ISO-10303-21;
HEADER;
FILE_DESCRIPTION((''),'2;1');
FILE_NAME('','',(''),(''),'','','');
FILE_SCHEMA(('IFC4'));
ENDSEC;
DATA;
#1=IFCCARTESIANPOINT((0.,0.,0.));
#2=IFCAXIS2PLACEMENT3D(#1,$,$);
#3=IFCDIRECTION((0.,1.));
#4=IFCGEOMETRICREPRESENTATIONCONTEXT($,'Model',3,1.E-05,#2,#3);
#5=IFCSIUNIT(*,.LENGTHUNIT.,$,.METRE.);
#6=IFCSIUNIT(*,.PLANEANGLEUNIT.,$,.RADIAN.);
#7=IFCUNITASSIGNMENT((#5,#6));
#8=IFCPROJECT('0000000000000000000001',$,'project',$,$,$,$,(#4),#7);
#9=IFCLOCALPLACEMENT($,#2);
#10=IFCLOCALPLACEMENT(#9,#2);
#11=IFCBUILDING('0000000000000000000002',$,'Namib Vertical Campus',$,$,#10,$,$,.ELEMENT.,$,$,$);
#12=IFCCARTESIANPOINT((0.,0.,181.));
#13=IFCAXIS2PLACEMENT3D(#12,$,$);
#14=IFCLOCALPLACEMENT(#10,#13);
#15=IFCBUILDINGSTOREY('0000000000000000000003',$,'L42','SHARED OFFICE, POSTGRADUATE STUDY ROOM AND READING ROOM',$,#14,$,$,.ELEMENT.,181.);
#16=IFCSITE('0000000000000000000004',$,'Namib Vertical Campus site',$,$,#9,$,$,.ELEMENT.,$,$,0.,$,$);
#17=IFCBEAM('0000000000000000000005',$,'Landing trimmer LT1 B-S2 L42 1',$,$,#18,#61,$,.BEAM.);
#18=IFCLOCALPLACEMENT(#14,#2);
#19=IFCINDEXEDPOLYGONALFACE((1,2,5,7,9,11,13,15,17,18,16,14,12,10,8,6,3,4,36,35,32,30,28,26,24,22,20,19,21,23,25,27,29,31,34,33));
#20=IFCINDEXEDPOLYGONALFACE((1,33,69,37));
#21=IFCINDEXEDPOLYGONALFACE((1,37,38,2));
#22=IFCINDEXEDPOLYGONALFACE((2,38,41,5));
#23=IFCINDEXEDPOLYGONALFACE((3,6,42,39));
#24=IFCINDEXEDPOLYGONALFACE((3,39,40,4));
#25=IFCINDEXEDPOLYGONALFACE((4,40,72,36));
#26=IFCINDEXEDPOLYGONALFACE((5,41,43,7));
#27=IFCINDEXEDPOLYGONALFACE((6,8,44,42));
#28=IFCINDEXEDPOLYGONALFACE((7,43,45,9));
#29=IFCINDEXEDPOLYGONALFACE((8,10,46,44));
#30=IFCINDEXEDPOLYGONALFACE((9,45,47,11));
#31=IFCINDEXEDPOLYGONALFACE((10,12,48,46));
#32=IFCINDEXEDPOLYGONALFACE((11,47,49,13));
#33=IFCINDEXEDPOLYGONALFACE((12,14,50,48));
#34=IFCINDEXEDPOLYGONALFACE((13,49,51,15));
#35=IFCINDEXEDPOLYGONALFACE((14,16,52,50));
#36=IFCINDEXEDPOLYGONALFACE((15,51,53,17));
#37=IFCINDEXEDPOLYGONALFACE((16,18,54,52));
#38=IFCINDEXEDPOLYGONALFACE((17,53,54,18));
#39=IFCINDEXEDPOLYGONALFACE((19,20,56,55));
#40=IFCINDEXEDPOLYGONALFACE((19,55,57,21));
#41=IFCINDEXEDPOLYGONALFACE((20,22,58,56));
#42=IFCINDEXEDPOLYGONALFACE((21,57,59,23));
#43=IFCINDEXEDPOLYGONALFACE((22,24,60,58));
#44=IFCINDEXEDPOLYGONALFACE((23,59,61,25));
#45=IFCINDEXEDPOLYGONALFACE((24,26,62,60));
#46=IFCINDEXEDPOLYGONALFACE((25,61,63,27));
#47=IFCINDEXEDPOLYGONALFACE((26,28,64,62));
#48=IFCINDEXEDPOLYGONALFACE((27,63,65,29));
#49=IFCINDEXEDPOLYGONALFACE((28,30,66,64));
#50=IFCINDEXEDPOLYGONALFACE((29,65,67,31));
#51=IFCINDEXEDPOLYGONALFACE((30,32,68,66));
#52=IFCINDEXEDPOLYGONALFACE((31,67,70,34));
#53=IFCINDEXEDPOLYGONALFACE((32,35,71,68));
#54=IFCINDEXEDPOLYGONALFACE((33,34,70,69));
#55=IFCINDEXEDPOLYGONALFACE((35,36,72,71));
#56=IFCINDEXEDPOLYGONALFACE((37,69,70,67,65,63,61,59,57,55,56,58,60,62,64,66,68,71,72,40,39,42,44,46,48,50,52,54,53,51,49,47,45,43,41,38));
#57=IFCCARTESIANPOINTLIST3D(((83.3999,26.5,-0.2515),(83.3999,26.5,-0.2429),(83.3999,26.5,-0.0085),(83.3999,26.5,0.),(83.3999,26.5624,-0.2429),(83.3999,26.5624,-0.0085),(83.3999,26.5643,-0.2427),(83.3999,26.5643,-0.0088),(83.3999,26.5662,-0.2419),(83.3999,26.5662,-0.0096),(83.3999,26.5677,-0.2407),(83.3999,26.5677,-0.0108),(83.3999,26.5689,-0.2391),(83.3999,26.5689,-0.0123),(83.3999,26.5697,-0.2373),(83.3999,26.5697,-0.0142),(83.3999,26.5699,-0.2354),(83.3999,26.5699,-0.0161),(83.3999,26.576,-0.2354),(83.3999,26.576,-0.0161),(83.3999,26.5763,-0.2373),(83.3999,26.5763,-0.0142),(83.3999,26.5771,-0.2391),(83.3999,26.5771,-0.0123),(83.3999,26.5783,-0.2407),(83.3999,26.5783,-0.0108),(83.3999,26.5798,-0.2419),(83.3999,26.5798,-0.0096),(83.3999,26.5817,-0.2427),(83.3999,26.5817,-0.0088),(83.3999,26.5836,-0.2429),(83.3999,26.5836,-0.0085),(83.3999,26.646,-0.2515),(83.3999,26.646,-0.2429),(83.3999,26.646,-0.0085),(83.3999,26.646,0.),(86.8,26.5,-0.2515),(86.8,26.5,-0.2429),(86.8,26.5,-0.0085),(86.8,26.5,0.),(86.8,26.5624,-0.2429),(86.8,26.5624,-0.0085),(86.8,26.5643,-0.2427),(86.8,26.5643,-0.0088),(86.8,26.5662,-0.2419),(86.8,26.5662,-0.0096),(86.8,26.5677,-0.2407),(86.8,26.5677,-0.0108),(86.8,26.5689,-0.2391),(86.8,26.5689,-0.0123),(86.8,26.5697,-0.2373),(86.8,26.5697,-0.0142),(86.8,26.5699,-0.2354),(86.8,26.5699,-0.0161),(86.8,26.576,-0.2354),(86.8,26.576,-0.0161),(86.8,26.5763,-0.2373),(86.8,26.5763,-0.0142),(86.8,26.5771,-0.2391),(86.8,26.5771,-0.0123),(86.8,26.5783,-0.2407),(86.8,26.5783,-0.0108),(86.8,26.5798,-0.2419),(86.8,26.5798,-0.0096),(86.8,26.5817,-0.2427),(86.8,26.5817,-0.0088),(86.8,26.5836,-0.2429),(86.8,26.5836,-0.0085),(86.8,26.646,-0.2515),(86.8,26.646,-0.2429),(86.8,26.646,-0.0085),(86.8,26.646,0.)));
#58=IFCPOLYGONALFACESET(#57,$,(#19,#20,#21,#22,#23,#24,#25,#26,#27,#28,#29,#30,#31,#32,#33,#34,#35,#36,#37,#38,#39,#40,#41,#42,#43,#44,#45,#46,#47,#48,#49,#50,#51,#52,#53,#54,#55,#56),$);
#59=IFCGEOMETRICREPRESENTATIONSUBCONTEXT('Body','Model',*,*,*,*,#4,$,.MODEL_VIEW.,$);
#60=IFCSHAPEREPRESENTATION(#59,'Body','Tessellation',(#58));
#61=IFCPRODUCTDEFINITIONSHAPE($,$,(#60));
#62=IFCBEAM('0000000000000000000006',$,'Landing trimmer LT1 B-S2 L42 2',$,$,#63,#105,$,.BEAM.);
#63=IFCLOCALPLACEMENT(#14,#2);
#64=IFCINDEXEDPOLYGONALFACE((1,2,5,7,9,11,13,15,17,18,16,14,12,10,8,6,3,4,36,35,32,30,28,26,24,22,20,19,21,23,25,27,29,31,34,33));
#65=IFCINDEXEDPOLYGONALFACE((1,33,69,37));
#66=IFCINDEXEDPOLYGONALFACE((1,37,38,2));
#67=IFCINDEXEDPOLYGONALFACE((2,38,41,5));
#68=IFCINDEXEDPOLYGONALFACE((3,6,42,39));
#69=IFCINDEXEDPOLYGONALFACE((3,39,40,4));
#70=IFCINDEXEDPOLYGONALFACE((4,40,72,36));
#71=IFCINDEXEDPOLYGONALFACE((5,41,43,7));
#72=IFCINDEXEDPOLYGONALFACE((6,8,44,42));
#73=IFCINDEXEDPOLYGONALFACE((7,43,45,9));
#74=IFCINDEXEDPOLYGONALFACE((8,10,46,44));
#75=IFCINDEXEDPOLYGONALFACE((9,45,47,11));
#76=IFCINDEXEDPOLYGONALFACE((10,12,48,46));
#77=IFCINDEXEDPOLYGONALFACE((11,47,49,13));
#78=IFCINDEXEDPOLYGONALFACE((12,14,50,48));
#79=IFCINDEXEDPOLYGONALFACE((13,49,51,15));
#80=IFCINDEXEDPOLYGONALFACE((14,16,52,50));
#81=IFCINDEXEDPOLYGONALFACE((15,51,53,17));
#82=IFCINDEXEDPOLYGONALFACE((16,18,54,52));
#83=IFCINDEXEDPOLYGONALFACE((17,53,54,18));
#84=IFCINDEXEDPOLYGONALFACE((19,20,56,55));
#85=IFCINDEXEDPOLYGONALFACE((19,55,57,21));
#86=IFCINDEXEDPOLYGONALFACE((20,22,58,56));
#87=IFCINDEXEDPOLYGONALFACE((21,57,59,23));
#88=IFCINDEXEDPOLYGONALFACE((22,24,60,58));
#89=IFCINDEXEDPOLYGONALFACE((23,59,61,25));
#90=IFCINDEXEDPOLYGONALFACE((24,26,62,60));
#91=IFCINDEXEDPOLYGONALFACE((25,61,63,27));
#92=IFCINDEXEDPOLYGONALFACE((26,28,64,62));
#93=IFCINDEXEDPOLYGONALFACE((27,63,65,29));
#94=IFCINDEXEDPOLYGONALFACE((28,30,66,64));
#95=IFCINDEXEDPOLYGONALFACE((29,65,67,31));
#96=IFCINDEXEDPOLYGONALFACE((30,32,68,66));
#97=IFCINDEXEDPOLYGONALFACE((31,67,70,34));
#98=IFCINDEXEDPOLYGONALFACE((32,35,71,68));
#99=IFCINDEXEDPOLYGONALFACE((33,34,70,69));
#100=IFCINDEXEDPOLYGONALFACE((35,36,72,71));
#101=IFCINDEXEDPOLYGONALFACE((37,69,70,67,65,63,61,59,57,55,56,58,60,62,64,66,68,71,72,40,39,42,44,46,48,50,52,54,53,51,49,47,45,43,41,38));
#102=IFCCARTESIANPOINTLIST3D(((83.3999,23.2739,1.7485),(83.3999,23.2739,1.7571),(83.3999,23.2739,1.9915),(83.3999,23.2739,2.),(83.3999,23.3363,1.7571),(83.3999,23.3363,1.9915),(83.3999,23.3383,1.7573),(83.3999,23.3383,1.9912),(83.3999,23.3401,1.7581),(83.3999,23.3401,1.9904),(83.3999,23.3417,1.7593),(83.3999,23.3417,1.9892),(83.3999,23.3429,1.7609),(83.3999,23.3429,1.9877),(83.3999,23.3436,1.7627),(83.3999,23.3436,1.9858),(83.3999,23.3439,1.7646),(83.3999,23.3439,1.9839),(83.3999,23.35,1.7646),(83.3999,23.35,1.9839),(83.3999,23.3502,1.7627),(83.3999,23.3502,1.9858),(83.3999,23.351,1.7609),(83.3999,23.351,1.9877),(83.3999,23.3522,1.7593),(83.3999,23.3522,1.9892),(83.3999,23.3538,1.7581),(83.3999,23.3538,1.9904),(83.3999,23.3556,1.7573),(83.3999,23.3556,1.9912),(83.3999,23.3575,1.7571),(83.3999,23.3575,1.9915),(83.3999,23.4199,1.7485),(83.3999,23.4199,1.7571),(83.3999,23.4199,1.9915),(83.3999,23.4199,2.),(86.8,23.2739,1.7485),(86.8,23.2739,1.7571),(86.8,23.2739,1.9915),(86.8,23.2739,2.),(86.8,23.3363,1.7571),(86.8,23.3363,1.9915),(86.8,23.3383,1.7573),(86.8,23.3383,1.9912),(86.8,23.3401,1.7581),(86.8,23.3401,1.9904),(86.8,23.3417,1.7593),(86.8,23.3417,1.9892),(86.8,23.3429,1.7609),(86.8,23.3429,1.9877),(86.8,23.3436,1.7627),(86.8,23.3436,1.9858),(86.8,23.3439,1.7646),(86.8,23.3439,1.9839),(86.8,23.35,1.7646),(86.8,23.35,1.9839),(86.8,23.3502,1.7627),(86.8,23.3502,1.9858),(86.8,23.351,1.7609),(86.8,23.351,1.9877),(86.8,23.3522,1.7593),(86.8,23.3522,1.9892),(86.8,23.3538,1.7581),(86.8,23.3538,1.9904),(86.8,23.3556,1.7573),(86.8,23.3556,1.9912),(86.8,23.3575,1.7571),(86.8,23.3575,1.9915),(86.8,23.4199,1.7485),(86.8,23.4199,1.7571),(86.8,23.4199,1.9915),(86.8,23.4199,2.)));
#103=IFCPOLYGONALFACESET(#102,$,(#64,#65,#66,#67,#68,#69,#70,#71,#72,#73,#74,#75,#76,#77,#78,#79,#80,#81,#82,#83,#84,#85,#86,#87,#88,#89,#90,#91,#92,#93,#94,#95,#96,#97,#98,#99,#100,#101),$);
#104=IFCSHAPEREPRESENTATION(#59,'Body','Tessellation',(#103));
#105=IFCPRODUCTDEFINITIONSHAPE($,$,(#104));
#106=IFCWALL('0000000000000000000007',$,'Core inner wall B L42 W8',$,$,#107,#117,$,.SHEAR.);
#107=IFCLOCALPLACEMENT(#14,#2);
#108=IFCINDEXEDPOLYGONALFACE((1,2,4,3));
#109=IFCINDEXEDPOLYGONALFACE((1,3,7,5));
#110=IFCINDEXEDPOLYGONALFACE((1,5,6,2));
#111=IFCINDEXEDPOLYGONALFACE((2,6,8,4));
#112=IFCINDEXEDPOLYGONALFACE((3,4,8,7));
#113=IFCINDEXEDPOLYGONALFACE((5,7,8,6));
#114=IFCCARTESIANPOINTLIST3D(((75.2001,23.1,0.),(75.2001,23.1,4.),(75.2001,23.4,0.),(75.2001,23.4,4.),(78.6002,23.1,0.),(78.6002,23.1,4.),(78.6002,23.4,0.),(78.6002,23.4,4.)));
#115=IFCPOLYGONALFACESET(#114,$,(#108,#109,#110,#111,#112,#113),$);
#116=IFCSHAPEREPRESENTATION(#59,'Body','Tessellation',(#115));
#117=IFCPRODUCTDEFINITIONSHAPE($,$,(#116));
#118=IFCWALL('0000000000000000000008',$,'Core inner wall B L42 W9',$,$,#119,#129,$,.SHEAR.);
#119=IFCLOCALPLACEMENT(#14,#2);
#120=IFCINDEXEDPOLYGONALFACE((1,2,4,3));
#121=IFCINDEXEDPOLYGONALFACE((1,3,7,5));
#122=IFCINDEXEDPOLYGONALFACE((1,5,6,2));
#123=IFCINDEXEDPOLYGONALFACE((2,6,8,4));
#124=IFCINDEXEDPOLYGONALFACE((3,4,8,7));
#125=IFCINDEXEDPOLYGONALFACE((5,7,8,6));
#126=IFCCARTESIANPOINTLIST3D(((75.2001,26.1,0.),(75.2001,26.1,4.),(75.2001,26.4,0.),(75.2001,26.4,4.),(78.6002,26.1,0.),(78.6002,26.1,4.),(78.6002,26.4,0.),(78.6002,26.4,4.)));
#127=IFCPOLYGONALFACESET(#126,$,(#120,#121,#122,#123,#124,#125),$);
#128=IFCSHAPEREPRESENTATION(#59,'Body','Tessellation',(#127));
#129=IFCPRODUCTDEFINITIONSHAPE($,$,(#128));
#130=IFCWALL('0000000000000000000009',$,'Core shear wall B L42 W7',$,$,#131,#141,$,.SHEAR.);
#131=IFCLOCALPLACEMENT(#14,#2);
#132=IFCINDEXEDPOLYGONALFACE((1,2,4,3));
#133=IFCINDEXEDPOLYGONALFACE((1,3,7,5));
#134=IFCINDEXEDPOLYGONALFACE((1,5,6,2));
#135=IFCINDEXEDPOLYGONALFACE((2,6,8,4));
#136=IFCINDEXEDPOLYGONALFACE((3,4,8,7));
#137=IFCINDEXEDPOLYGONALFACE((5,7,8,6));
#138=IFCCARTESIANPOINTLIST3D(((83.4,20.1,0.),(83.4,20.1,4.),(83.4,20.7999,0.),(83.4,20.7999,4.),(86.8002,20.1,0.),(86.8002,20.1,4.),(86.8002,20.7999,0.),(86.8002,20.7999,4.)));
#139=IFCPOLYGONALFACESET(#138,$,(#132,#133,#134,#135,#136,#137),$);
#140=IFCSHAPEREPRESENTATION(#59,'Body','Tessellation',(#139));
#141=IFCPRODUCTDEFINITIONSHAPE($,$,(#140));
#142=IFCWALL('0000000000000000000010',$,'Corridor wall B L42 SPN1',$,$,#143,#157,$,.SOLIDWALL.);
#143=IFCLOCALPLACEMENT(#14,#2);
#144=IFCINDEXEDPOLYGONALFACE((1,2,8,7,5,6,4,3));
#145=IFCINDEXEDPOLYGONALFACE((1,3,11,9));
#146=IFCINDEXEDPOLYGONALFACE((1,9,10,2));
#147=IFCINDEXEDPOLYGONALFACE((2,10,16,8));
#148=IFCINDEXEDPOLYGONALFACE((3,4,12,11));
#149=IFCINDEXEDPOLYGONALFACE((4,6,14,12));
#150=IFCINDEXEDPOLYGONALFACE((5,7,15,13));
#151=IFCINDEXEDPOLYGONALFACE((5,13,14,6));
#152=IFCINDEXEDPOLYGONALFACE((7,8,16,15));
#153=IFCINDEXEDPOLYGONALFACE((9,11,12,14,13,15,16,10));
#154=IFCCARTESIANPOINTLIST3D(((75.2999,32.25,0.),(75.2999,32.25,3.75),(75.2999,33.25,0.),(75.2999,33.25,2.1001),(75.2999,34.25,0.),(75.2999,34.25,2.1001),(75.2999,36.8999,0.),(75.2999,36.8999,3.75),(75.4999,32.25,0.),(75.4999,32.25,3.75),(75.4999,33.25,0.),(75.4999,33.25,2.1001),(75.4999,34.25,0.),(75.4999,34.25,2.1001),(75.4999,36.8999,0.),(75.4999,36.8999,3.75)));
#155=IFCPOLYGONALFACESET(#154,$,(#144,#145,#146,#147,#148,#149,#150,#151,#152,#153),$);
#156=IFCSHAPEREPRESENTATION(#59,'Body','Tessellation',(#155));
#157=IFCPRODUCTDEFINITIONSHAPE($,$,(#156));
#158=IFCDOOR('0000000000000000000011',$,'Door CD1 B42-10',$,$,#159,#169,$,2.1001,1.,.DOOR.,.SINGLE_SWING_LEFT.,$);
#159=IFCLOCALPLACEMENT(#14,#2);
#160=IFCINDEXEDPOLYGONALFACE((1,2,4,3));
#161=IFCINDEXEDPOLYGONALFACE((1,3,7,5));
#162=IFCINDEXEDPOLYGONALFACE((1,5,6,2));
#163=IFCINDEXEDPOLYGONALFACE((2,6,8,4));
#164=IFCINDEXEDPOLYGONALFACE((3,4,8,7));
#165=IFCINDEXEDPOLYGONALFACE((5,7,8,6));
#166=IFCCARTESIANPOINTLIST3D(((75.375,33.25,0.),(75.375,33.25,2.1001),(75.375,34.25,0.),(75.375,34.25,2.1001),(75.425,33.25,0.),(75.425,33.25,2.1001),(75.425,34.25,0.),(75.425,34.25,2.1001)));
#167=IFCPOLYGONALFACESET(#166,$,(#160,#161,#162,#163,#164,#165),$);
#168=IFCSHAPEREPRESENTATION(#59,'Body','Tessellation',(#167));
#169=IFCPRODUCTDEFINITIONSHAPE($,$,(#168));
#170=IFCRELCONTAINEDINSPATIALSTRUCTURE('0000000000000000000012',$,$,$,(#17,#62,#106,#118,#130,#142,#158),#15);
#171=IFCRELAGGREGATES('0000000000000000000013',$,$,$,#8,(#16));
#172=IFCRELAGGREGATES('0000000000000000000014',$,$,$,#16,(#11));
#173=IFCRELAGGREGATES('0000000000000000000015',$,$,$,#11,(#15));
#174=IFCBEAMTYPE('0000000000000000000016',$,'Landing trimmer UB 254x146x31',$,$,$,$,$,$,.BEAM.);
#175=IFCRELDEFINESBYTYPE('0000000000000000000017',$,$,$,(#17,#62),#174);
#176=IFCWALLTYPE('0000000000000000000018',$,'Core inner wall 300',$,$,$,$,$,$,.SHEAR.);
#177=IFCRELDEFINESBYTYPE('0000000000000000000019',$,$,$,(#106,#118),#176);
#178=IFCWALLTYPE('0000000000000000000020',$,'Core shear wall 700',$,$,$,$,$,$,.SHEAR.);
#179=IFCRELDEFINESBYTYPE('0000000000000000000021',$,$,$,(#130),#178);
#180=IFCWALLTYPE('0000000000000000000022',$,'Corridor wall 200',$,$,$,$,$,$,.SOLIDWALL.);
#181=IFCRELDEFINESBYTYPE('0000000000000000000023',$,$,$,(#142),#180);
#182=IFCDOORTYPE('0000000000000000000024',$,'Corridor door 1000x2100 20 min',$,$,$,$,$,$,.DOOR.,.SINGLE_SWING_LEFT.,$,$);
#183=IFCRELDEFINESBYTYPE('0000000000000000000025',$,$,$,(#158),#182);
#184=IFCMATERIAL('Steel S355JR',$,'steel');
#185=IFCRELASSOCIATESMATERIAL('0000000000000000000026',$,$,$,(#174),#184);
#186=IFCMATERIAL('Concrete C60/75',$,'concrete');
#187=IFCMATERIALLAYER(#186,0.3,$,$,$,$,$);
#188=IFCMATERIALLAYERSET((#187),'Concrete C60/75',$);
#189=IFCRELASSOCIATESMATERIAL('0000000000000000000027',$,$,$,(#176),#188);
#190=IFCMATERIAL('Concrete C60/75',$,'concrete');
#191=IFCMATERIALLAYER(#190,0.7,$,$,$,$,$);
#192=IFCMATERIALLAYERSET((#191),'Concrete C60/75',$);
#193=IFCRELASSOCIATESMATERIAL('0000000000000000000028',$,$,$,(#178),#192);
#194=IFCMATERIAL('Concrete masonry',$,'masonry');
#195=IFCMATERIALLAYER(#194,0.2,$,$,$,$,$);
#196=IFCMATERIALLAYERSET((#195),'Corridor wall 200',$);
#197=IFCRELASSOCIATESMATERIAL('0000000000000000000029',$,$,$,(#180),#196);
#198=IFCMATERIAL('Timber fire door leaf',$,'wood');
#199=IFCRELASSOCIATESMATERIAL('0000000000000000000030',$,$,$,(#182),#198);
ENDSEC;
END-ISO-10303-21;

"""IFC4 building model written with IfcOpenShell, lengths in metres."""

from ifc_helpers import new_model, si_unit, direction, frame, frame_2d, origin, origin_2d, place, context, subcontext, project, spatial, rectangle, i_section, extrude, material, layer, layer_set, material_profile, profile_set, type_object, element, fill, save


model = new_model("IFC4")

# Units and contexts
model_context = context("Model", 3, precision=1e-05, world=origin(), true_north=direction((0.0, 1.0)))
body_context = subcontext(model_context, "Body", "Model", "MODEL_VIEW")
ifc_project = project(units=[si_unit("LENGTHUNIT", "METRE"), si_unit("PLANEANGLEUNIT", "RADIAN")], contexts=[model_context])

# Site, building, storey
site_placement = place(None, origin())
site = spatial("IfcSite", under=ifc_project, at=site_placement, Name="Namib Vertical Campus site", CompositionType="ELEMENT", RefElevation=0.0)
building_placement = place(site_placement, origin())
building = spatial("IfcBuilding", under=site, at=building_placement, Name="Namib Vertical Campus", CompositionType="ELEMENT")
storey_placement = place(building_placement, frame((0.0, 0.0, 181.0)))
storey = spatial("IfcBuildingStorey", under=building, at=storey_placement, Name="L42", Description="SHARED OFFICE, POSTGRADUATE STUDY ROOM AND READING ROOM", CompositionType="ELEMENT", Elevation=181.0)

# Beams
ifc_material_1 = material(Name="Steel S355JR", Category="steel")
ifc_material_profile = material_profile(ifc_material_1, i_section(OverallWidth=0.146, OverallDepth=0.2515, WebThickness=0.0061, FlangeThickness=0.0085, FilletRadius=0.0076, at=origin_2d()))
ifc_profile_set = profile_set([ifc_material_profile], Name="Steel S355JR")
beam_type = type_object("IfcBeamType", Name="Landing trimmer UB 254x146x31", PredefinedType="BEAM", material=ifc_profile_set)
for number, where, z_axis, x_axis, name in (
    (1, (83.3999, 26.573, -0.1257), (1.0, 0.0, 0.0), (0.0, 1.0, 0.0), "Landing trimmer LT1 B-S2 L42 1"),
    (2, (83.3999, 23.3469, 1.8743), (1.0, 0.0, 0.0), (0.0, 1.0, 0.0), "Landing trimmer LT1 B-S2 L42 2"),
):
    element("IfcBeam", number, at=place(storey_placement, frame(where, z_axis=z_axis, x_axis=x_axis)), inside=storey, type_object=beam_type, Name=name, PredefinedType="BEAM", context=body_context, shape_type="SweptSolid", body=[
        extrude(i_section(OverallWidth=0.146, OverallDepth=0.2515, WebThickness=0.0061, FlangeThickness=0.0085, FilletRadius=0.0076, at=origin_2d()), origin(), (0.0, 0.0, 1.0), 3.4001),
    ])

# Walls
ifc_material_2 = material(Name="Concrete C60/75", Category="concrete")
ifc_layer_1 = layer(ifc_material_2, 0.3)
ifc_layer_set_1 = layer_set([ifc_layer_1], Name="Concrete C60/75")
wall_type_1 = type_object("IfcWallType", Name="Core inner wall 300", PredefinedType="SHEAR", material=ifc_layer_set_1)
for number, where, z_axis, x_axis, name in (
    (3, (75.2, 23.25, 0.0), (0.0, 0.0, 1.0), (1.0, 0.0, 0.0), "Core inner wall B L42 W8"),
    (4, (75.2, 26.25, 0.0), (0.0, 0.0, 1.0), (1.0, 0.0, 0.0), "Core inner wall B L42 W9"),
):
    element("IfcWall", number, at=place(storey_placement, frame(where, z_axis=z_axis, x_axis=x_axis)), inside=storey, type_object=wall_type_1, Name=name, PredefinedType="SHEAR", context=body_context, shape_type="SweptSolid", body=[
        extrude(rectangle(XDim=3.4001, YDim=0.3, at=frame_2d((1.7002, 0.0))), origin(), (0.0, 0.0, 1.0), 4.0),
    ])
ifc_material_3 = material(Name="Concrete C60/75", Category="concrete")
ifc_layer_2 = layer(ifc_material_3, 0.7)
ifc_layer_set_2 = layer_set([ifc_layer_2], Name="Concrete C60/75")
wall_type_2 = type_object("IfcWallType", Name="Core shear wall 700", PredefinedType="SHEAR", material=ifc_layer_set_2)
wall_1_placement = place(storey_placement, frame((83.3999, 20.45, 0.0), z_axis=(0.0, 0.0, 1.0), x_axis=(1.0, 0.0, 0.0)))
element("IfcWall", 5, at=wall_1_placement, inside=storey, type_object=wall_type_2, Name="Core shear wall B L42 W7", PredefinedType="SHEAR", context=body_context, shape_type="SweptSolid", body=[
    extrude(rectangle(XDim=3.4001, YDim=0.7, at=frame_2d((1.7002, 0.0))), origin(), (0.0, 0.0, 1.0), 4.0),
])

# Wall, opening, door
ifc_material_4 = material(Name="Concrete masonry", Category="masonry")
ifc_layer_3 = layer(ifc_material_4, 0.2)
ifc_layer_set_3 = layer_set([ifc_layer_3], Name="Corridor wall 200")
wall_type_3 = type_object("IfcWallType", Name="Corridor wall 200", PredefinedType="SOLIDWALL", material=ifc_layer_set_3)
wall_2_placement = place(storey_placement, frame((75.3999, 32.25, 0.0), z_axis=(0.0, 0.0, 1.0), x_axis=(0.0, 1.0, 0.0)))
wall_2 = element("IfcWall", 6, at=wall_2_placement, inside=storey, type_object=wall_type_3, Name="Corridor wall B L42 SPN1", PredefinedType="SOLIDWALL", context=body_context, shape_type="SweptSolid", body=[
    extrude(rectangle(XDim=4.6499, YDim=0.2, at=frame_2d((2.325, 0.0))), origin(), (0.0, 0.0, 1.0), 3.75),
])
opening_1_placement = place(wall_2_placement, frame((1.0, 0.0, 0.0)))
opening_1 = element("IfcOpeningElement", 7, at=opening_1_placement, cuts=wall_2, PredefinedType="OPENING", context=body_context, shape_type="SweptSolid", body=[
    extrude(rectangle(XDim=1.0, YDim=2.1001, at=frame_2d((0.5, 1.05))), frame((0.0, 0.1099, 0.0), z_axis=(0.0, -1.0, 0.0), x_axis=(1.0, 0.0, 0.0)), (0.0, 0.0, 1.0), 0.22),
])
ifc_material_5 = material(Name="Timber fire door leaf", Category="wood")
door_type_1 = type_object("IfcDoorType", Name="Corridor door 1000x2100 20 min", OperationType="SINGLE_SWING_LEFT", PredefinedType="DOOR", material=ifc_material_5)
door_1_placement = place(opening_1_placement, origin())
door_1 = element("IfcDoor", 8, at=door_1_placement, inside=storey, type_object=door_type_1, Name="Door CD1 B42-10", OperationType="SINGLE_SWING_LEFT", OverallHeight=2.1001, OverallWidth=1.0, PredefinedType="DOOR", context=body_context, shape_type="SweptSolid", body=[
    extrude(rectangle(XDim=1.0, YDim=2.1001, at=frame_2d((0.5, 1.05))), frame((0.0, 0.0249, 0.0), z_axis=(0.0, -1.0, 0.0), x_axis=(1.0, 0.0, 0.0)), (0.0, 0.0, 1.0), 0.05),
])
fill(opening_1, door_1)

save(model, "model.ifc")
